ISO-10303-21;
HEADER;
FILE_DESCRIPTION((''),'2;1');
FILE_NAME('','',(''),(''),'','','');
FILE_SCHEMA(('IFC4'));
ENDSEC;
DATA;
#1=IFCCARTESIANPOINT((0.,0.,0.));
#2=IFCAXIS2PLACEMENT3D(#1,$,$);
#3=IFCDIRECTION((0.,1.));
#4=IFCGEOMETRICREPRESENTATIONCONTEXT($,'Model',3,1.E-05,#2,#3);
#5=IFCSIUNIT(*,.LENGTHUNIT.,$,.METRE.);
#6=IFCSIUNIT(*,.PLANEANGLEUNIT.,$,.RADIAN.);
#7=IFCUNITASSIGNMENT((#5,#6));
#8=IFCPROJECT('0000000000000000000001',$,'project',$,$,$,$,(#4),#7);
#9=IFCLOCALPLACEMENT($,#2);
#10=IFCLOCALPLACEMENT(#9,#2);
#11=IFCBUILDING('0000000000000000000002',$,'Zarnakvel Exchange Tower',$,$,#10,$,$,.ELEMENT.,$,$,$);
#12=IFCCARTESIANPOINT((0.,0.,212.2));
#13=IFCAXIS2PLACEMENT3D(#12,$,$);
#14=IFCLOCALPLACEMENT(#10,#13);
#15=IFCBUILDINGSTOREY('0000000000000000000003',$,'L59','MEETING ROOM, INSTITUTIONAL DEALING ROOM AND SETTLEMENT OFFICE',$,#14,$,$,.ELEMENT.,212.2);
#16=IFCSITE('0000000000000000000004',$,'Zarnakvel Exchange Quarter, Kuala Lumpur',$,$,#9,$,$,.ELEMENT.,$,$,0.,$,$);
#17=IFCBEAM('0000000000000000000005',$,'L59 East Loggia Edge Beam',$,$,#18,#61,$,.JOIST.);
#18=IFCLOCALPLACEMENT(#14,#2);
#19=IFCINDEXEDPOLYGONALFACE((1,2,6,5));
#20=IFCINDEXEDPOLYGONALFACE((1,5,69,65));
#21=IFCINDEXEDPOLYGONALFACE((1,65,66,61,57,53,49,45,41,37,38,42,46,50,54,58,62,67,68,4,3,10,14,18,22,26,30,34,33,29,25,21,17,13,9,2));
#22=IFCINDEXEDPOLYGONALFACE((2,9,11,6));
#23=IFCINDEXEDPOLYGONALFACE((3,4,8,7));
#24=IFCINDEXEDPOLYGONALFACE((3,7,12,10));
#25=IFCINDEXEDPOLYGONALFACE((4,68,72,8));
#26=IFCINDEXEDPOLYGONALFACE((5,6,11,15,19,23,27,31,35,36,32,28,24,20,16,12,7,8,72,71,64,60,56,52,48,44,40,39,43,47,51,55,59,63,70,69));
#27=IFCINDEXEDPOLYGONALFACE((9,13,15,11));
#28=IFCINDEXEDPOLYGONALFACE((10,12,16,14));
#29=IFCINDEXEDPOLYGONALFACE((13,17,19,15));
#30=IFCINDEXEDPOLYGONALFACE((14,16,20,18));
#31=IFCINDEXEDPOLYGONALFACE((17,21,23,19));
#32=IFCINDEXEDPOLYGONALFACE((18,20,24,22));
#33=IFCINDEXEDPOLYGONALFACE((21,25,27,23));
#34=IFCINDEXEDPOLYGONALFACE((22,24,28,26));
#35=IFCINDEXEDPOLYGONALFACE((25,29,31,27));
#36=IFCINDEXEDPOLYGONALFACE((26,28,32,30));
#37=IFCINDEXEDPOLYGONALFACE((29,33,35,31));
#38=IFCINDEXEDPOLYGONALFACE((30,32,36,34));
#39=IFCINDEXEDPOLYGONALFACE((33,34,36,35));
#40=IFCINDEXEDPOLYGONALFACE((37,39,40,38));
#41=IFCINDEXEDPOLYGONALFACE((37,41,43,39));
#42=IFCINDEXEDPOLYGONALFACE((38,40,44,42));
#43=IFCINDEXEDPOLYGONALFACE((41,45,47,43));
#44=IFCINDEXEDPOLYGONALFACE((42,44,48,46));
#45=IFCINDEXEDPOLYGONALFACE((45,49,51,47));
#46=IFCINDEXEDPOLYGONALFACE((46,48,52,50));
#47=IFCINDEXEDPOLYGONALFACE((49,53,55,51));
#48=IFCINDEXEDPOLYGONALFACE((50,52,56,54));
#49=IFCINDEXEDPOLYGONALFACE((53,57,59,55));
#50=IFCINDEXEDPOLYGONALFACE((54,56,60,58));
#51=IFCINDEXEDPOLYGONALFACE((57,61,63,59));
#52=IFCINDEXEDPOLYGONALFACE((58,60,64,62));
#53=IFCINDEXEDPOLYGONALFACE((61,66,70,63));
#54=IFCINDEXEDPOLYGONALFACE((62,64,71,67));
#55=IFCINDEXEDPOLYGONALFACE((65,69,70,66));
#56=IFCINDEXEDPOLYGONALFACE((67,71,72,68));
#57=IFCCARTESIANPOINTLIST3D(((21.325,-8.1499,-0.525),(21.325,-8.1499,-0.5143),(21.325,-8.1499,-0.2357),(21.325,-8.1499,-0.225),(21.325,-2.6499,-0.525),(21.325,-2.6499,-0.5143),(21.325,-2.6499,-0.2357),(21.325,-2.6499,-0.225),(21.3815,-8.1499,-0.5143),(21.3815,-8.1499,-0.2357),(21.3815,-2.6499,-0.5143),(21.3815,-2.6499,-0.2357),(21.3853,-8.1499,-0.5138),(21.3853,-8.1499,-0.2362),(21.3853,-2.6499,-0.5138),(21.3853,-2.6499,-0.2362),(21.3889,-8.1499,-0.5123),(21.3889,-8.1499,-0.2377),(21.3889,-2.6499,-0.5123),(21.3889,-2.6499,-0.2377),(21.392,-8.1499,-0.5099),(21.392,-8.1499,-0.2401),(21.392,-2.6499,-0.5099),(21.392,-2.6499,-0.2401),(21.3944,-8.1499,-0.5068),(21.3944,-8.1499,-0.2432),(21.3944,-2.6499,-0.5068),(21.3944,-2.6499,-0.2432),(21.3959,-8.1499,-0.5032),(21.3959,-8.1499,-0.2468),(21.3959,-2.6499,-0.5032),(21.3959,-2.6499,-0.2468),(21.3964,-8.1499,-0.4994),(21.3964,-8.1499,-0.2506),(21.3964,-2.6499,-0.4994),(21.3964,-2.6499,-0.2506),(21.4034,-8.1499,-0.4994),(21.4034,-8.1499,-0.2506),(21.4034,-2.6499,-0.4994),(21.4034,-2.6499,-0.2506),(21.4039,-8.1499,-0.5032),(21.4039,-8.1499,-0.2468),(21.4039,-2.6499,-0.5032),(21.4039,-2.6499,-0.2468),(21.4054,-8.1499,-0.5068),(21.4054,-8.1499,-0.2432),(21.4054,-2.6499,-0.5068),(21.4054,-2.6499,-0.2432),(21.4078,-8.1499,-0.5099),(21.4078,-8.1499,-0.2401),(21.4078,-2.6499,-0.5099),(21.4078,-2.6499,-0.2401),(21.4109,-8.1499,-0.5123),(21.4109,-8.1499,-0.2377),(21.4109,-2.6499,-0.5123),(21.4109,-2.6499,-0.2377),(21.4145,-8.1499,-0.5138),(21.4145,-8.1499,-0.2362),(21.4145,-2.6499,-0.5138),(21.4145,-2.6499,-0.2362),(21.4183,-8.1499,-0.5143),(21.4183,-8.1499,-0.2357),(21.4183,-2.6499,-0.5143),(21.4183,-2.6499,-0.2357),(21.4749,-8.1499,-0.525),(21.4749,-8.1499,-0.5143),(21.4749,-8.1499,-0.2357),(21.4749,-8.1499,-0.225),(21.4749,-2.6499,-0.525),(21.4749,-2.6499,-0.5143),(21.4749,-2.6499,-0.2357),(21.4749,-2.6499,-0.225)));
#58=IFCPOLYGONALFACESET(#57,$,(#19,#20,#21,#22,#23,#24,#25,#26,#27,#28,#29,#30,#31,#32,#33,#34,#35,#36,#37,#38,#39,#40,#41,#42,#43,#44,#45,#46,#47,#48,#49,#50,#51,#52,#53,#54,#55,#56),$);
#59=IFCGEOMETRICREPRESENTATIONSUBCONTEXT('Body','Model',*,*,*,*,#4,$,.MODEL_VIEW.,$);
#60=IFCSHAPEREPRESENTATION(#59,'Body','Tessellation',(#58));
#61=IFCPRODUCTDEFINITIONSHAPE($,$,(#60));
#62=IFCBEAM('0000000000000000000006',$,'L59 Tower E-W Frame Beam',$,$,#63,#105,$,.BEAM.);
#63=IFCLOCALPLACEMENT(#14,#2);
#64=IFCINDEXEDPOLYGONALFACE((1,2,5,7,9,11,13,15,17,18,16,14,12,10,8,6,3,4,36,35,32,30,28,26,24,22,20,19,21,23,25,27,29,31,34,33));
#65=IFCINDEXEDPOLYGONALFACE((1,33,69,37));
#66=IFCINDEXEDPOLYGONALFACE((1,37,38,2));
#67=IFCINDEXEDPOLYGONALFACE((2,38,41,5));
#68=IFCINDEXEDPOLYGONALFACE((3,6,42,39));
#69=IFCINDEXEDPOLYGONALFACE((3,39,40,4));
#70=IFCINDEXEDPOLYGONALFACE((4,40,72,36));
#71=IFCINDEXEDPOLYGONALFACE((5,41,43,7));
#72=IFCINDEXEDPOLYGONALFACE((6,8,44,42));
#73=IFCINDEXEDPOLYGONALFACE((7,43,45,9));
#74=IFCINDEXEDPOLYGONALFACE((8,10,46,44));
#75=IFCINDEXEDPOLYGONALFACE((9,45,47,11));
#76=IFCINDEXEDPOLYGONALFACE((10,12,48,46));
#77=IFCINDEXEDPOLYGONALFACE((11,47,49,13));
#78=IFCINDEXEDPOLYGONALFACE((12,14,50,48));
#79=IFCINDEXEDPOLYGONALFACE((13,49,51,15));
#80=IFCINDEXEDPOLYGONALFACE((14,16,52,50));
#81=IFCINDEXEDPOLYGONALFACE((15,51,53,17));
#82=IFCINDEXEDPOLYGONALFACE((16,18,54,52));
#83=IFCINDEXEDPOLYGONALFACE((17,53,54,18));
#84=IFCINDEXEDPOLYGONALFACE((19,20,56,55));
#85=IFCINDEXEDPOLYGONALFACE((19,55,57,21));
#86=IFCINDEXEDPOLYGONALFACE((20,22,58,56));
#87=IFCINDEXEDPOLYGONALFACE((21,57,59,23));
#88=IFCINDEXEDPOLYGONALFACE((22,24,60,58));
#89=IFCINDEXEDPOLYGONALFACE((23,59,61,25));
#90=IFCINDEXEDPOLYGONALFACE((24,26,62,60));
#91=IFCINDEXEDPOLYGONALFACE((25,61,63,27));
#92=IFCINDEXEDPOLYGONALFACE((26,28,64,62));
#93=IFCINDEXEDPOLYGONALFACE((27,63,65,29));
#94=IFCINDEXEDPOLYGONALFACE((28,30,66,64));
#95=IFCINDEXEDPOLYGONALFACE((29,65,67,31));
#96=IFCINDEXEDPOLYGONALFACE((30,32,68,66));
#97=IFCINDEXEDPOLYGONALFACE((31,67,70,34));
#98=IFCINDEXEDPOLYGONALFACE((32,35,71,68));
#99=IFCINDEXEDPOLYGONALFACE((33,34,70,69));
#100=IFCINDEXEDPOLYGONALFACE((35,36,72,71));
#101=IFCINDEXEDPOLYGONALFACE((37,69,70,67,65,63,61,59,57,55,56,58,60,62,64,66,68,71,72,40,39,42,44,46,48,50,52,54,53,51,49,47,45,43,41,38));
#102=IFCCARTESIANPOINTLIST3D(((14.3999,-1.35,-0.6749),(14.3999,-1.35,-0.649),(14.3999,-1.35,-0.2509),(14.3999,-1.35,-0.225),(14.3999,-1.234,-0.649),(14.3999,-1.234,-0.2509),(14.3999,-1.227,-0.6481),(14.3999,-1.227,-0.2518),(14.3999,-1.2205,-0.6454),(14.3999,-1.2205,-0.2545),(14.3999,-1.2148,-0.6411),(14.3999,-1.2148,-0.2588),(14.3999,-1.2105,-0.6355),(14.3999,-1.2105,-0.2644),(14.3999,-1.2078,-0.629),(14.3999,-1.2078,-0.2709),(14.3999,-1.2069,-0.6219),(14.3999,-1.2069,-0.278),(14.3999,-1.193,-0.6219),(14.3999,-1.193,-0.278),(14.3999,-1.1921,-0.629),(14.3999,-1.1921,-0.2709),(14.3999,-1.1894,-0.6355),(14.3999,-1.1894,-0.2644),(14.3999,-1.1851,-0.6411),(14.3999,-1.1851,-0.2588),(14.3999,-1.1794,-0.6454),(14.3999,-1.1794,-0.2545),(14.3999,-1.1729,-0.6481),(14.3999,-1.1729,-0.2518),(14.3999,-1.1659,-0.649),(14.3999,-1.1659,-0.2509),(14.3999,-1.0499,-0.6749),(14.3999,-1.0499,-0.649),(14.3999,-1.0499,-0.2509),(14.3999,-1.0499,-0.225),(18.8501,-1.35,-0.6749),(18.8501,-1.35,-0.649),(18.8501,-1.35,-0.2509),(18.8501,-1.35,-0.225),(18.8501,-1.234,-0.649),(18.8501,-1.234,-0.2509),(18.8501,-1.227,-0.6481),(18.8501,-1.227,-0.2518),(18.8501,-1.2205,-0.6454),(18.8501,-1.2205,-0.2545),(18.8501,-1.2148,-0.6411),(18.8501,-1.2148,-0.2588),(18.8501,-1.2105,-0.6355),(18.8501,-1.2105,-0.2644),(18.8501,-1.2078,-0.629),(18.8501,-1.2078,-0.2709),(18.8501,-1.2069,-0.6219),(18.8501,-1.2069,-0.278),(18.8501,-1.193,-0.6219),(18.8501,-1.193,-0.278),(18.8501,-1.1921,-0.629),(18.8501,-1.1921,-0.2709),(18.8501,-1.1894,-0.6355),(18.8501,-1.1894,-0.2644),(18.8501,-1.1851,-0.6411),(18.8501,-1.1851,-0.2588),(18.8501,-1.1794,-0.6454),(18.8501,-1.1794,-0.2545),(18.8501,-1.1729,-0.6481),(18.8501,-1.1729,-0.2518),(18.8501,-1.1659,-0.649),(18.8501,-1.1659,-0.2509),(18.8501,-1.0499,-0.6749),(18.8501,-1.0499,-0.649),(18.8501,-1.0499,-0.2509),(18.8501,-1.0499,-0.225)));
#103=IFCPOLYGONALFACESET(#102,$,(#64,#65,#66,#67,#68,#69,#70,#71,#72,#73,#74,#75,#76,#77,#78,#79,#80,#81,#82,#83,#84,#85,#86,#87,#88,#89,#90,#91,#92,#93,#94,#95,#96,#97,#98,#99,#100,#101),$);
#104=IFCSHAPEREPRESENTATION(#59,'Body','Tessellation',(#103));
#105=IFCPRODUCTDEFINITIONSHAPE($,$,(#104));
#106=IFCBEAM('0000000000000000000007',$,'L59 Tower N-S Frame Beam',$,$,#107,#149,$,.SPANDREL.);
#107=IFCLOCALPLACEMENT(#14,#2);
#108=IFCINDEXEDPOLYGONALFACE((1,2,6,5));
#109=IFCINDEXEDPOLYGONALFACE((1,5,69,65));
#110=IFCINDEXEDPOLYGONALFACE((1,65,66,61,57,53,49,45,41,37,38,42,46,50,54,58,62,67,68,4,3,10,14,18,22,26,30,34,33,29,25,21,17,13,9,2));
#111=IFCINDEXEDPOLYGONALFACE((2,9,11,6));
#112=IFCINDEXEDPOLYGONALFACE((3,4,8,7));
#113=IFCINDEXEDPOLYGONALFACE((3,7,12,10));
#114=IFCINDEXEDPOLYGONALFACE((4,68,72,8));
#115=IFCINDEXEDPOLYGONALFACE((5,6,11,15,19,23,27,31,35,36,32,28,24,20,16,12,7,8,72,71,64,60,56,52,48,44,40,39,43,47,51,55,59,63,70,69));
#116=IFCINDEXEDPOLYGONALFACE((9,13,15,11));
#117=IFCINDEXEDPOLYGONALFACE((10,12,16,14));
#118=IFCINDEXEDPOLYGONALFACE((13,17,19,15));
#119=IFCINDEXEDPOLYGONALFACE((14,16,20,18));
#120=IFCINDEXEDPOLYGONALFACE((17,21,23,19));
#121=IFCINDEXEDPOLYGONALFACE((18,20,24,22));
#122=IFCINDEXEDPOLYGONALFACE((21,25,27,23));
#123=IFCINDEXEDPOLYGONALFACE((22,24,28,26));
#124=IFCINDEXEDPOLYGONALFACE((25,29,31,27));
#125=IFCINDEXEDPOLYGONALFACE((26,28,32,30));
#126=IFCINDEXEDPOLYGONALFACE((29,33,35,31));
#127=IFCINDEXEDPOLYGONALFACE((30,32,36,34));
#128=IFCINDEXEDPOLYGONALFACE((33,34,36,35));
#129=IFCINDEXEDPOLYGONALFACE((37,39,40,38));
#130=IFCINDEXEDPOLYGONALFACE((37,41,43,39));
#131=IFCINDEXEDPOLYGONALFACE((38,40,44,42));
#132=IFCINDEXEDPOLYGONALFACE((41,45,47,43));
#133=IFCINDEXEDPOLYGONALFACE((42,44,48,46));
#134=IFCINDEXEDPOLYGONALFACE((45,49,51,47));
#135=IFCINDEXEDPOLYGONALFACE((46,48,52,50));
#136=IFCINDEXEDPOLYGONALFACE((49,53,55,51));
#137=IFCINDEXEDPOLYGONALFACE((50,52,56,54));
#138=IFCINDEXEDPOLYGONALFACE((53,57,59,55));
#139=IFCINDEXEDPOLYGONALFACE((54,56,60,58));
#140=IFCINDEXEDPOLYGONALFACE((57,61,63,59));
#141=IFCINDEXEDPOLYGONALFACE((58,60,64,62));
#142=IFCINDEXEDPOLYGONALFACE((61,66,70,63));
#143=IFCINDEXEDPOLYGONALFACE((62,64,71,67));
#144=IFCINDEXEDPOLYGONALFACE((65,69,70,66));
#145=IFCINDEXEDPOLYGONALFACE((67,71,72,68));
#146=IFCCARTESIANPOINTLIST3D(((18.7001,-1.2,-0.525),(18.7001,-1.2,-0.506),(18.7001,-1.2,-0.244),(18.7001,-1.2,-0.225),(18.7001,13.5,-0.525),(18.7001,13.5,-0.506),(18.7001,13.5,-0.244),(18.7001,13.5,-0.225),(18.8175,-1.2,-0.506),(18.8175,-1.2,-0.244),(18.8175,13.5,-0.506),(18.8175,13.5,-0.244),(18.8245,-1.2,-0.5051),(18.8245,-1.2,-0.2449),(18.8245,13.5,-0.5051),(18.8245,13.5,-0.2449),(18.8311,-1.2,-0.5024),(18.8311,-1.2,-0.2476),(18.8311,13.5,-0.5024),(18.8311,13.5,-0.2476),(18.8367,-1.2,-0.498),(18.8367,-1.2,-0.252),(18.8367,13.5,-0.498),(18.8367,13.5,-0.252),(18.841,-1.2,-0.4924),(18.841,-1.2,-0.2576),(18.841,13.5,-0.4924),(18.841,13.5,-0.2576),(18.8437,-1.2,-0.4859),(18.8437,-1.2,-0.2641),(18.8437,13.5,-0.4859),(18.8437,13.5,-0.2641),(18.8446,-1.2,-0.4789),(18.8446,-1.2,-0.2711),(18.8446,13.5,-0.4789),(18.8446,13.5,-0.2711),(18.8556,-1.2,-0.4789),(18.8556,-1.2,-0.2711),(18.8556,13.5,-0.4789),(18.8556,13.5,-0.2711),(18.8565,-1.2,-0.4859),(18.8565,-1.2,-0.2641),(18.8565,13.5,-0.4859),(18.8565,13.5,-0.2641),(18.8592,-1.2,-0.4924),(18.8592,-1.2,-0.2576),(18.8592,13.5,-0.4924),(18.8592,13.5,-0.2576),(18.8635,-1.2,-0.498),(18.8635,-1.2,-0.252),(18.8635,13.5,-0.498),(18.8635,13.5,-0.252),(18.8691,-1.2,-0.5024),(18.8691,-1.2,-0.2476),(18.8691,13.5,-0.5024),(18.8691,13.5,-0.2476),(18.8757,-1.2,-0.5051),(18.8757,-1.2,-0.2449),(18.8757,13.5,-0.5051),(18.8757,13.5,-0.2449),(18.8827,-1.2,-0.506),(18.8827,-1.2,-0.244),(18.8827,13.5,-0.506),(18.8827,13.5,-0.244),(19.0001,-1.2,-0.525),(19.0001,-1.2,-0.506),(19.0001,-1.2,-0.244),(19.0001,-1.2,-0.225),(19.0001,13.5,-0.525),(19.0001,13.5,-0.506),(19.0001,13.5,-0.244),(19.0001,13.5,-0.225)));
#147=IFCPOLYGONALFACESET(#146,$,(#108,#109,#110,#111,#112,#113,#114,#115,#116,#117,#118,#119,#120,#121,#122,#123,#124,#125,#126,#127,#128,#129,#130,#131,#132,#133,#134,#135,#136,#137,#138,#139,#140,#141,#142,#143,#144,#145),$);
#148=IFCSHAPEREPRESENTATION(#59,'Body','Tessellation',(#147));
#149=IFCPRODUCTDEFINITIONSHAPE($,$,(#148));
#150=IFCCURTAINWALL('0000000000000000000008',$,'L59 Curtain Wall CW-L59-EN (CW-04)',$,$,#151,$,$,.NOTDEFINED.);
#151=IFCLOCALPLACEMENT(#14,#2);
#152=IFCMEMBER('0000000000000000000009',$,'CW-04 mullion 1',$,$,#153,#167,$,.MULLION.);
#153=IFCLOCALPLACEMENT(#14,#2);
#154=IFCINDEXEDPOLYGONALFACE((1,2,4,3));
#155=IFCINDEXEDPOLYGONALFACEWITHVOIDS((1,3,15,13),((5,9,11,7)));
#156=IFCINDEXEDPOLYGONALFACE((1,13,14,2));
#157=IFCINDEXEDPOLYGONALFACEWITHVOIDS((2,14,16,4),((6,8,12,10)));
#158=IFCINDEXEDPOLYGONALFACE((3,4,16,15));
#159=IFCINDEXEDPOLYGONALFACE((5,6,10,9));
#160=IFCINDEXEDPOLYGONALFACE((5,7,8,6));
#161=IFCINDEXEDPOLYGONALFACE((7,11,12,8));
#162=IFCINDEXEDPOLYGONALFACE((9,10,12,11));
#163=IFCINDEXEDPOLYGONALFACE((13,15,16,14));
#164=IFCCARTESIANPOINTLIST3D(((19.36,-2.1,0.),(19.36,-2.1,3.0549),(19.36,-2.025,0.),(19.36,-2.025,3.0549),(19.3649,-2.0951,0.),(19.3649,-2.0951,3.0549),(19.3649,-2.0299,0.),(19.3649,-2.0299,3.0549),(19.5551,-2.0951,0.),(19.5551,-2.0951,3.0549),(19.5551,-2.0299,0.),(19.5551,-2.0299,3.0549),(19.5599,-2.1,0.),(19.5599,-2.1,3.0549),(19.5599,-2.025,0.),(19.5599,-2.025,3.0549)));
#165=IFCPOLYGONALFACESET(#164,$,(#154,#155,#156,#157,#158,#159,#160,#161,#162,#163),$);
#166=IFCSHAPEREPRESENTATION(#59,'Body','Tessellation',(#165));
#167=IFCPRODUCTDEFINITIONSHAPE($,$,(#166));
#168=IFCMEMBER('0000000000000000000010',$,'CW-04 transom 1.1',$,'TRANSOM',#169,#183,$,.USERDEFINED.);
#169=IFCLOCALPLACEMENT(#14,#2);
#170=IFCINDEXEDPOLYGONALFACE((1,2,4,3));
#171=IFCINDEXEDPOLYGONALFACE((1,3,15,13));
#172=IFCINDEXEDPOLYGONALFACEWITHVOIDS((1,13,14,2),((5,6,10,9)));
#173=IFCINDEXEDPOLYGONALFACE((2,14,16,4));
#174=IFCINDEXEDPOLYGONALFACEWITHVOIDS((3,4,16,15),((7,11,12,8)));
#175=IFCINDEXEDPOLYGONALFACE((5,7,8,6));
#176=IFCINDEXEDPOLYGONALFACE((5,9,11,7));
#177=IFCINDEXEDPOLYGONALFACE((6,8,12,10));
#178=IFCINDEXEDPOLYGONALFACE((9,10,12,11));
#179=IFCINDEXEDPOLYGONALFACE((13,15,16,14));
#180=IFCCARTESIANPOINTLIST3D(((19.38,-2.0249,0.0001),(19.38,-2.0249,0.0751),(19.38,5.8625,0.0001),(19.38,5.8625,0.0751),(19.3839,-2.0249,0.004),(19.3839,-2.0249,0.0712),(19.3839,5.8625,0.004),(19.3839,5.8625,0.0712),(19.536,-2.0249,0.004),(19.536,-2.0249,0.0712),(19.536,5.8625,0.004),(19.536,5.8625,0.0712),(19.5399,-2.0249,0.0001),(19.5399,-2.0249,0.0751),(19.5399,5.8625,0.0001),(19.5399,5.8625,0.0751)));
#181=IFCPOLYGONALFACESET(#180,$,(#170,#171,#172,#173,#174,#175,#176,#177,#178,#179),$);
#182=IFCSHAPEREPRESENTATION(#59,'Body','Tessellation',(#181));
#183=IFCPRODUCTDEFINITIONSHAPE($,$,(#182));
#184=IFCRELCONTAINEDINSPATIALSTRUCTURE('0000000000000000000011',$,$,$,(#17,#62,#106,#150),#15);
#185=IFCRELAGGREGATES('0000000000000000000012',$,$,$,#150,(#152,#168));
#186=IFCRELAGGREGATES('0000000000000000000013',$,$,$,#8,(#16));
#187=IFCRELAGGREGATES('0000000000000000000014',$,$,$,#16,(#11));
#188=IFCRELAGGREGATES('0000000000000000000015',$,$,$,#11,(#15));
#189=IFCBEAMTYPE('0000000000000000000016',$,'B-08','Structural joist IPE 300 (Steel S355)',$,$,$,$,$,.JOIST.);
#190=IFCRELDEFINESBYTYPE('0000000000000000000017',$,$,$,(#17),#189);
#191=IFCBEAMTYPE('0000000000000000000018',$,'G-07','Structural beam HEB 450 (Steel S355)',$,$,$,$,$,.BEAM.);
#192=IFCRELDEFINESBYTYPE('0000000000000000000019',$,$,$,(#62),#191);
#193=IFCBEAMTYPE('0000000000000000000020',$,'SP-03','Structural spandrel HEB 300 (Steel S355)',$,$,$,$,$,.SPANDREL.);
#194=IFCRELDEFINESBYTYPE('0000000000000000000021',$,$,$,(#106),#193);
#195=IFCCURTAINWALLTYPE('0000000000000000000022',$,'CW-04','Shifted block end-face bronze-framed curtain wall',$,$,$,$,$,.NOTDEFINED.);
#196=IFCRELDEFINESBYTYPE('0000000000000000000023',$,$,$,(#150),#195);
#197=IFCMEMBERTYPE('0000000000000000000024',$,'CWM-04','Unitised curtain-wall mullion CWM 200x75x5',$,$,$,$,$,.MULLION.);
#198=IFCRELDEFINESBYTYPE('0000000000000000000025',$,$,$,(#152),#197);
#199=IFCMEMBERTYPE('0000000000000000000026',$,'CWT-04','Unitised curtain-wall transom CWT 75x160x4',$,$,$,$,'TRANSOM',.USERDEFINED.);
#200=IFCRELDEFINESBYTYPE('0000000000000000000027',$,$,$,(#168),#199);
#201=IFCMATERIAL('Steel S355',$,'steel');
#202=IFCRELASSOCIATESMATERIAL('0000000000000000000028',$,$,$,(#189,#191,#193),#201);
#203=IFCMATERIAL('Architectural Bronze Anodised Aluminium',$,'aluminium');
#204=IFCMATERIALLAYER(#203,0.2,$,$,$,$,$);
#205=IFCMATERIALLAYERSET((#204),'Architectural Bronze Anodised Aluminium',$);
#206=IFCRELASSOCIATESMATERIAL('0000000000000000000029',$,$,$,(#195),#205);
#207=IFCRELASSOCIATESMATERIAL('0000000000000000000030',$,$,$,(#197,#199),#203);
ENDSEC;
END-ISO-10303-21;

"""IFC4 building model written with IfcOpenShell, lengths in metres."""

from ifc_helpers import new_model, si_unit, direction, frame, origin, origin_2d, place, context, subcontext, project, spatial, hollow_rectangle, i_section, extrude, source, transform, mapped, material, layer, layer_set, material_profile, profile_set, type_object, element, aggregate, save


model = new_model("IFC4")

# Units and contexts
model_context = context("Model", 3, precision=1e-05, world=origin(), true_north=direction((0.0, 1.0)))
body_context = subcontext(model_context, "Body", "Model", "MODEL_VIEW")
ifc_project = project(units=[si_unit("LENGTHUNIT", "METRE"), si_unit("PLANEANGLEUNIT", "RADIAN")], contexts=[model_context])

# Site, building, storey
site_placement = place(None, origin())
site = spatial("IfcSite", under=ifc_project, at=site_placement, Name="Zarnakvel Exchange Quarter, Kuala Lumpur", CompositionType="ELEMENT", RefElevation=0.0)
building_placement = place(site_placement, origin())
building = spatial("IfcBuilding", under=site, at=building_placement, Name="Zarnakvel Exchange Tower", CompositionType="ELEMENT")
storey_placement = place(building_placement, frame((0.0, 0.0, 212.2)))
storey = spatial("IfcBuildingStorey", under=building, at=storey_placement, Name="L59", Description="MEETING ROOM, INSTITUTIONAL DEALING ROOM AND SETTLEMENT OFFICE", CompositionType="ELEMENT", Elevation=212.2)

# Shared definitions
ifc_material_1 = material(Name="Steel S355", Category="steel")

# Beams
ifc_material_profile_1 = material_profile(ifc_material_1, i_section(OverallWidth=0.1499, OverallDepth=0.3, WebThickness=0.0071, FlangeThickness=0.0107, FilletRadius=0.0149, at=origin_2d()))
ifc_profile_set_1 = profile_set([ifc_material_profile_1], Name="Steel S355")
beam_type_1 = type_object("IfcBeamType", Name="B-08", Description="Structural joist IPE 300 (Steel S355)", PredefinedType="JOIST", material=ifc_profile_set_1)
beam_1_placement = place(storey_placement, frame((21.3999, -8.1499, -0.375), z_axis=(0.0, 1.0, 0.0), x_axis=(-1.0, 0.0, 0.0)))
element("IfcBeam", 1, at=beam_1_placement, inside=storey, type_object=beam_type_1, Name="L59 East Loggia Edge Beam", PredefinedType="JOIST", context=body_context, shape_type="SweptSolid", body=[
    extrude(i_section(OverallWidth=0.1499, OverallDepth=0.3, WebThickness=0.0071, FlangeThickness=0.0107, FilletRadius=0.0149, at=origin_2d()), origin(), (0.0, 0.0, 1.0), 5.5),
])
ifc_material_profile_2 = material_profile(ifc_material_1, i_section(OverallWidth=0.3, OverallDepth=0.45, WebThickness=0.0139, FlangeThickness=0.0259, FilletRadius=0.0271, at=origin_2d()))
ifc_profile_set_2 = profile_set([ifc_material_profile_2], Name="Steel S355")
beam_type_2 = type_object("IfcBeamType", Name="G-07", Description="Structural beam HEB 450 (Steel S355)", PredefinedType="BEAM", material=ifc_profile_set_2)
beam_2_placement = place(storey_placement, frame((14.3999, -1.2, -0.45), z_axis=(1.0, 0.0, 0.0), x_axis=(0.0, 1.0, 0.0)))
element("IfcBeam", 2, at=beam_2_placement, inside=storey, type_object=beam_type_2, Name="L59 Tower E-W Frame Beam", PredefinedType="BEAM", context=body_context, shape_type="SweptSolid", body=[
    extrude(i_section(OverallWidth=0.3, OverallDepth=0.45, WebThickness=0.0139, FlangeThickness=0.0259, FilletRadius=0.0271, at=origin_2d()), origin(), (0.0, 0.0, 1.0), 4.4502),
])
ifc_material_profile_3 = material_profile(ifc_material_1, i_section(OverallWidth=0.3, OverallDepth=0.3, WebThickness=0.011, FlangeThickness=0.019, FilletRadius=0.0271, at=origin_2d()))
ifc_profile_set_3 = profile_set([ifc_material_profile_3], Name="Steel S355")
beam_type_3 = type_object("IfcBeamType", Name="SP-03", Description="Structural spandrel HEB 300 (Steel S355)", PredefinedType="SPANDREL", material=ifc_profile_set_3)
beam_3_placement = place(storey_placement, frame((18.8501, -1.2, -0.375), z_axis=(0.0, 1.0, 0.0), x_axis=(-1.0, 0.0, 0.0)))
element("IfcBeam", 3, at=beam_3_placement, inside=storey, type_object=beam_type_3, Name="L59 Tower N-S Frame Beam", PredefinedType="SPANDREL", context=body_context, shape_type="SweptSolid", body=[
    extrude(i_section(OverallWidth=0.3, OverallDepth=0.3, WebThickness=0.011, FlangeThickness=0.019, FilletRadius=0.0271, at=origin_2d()), origin(), (0.0, 0.0, 1.0), 14.7),
])

# Curtain wall, members
ifc_material_2 = material(Name="Architectural Bronze Anodised Aluminium", Category="aluminium")
ifc_layer_1 = layer(ifc_material_2, 0.2)
ifc_layer_set_1 = layer_set([ifc_layer_1], Name="Architectural Bronze Anodised Aluminium")
curtain_wall_type = type_object("IfcCurtainWallType", Name="CW-04", Description="Shifted block end-face bronze-framed curtain wall", PredefinedType="NOTDEFINED", material=ifc_layer_set_1)
curtain_wall_placement = place(storey_placement, origin())
curtain_wall = element("IfcCurtainWall", 4, at=curtain_wall_placement, inside=storey, type_object=curtain_wall_type, Name="L59 Curtain Wall CW-L59-EN (CW-04)", PredefinedType="NOTDEFINED")
ifc_material_profile_4 = material_profile(ifc_material_2, hollow_rectangle(XDim=0.2, YDim=0.075, WallThickness=0.0049, at=origin_2d()))
ifc_profile_set_4 = profile_set([ifc_material_profile_4], Name="Architectural Bronze Anodised Aluminium")
member_type_1 = type_object("IfcMemberType", Name="CWM-04", Description="Unitised curtain-wall mullion CWM 200x75x5", PredefinedType="MULLION", material=ifc_profile_set_4)
shared_shape_1 = source(origin(), body_context, "Body", "SweptSolid", [
    extrude(hollow_rectangle(XDim=0.2, YDim=0.075, WallThickness=0.0049, at=origin_2d()), origin(), (0.0, 0.0, 1.0), 3.0549),
])
member_1_placement = place(storey_placement, frame((19.46, -2.0625, 0.0), z_axis=(0.0, 0.0, 1.0), x_axis=(-1.0, 0.0, 0.0)))
member_1 = element("IfcMember", 5, at=member_1_placement, type_object=member_type_1, Name="CW-04 mullion 1", PredefinedType="MULLION", context=body_context, shape_type="MappedRepresentation", body=[
    mapped(shared_shape_1, transform((0.0, 0.0, 0.0), x_axis=(1.0, 0.0, 0.0), y_axis=(0.0, 1.0, 0.0), z_axis=(0.0, 0.0, 1.0), scale=1.0)),
])
ifc_material_profile_5 = material_profile(ifc_material_2, hollow_rectangle(XDim=0.1599, YDim=0.075, WallThickness=0.0039, at=origin_2d()))
ifc_profile_set_5 = profile_set([ifc_material_profile_5], Name="Architectural Bronze Anodised Aluminium")
member_type_2 = type_object("IfcMemberType", Name="CWT-04", Description="Unitised curtain-wall transom CWT 75x160x4", ElementType="TRANSOM", PredefinedType="USERDEFINED", material=ifc_profile_set_5)
shared_shape_2 = source(origin(), body_context, "Body", "SweptSolid", [
    extrude(hollow_rectangle(XDim=0.1599, YDim=0.075, WallThickness=0.0039, at=origin_2d()), origin(), (0.0, 0.0, 1.0), 7.8875),
])
member_2_placement = place(storey_placement, frame((19.46, -2.0249, 0.0376), z_axis=(0.0, 1.0, 0.0), x_axis=(-1.0, 0.0, 0.0)))
member_2 = element("IfcMember", 6, at=member_2_placement, type_object=member_type_2, Name="CW-04 transom 1.1", ObjectType="TRANSOM", PredefinedType="USERDEFINED", context=body_context, shape_type="MappedRepresentation", body=[
    mapped(shared_shape_2, transform((0.0, 0.0, 0.0), x_axis=(1.0, 0.0, 0.0), y_axis=(0.0, 1.0, 0.0), z_axis=(0.0, 0.0, 1.0), scale=1.0)),
])
aggregate(curtain_wall, [member_1, member_2])

save(model, "model.ifc")
